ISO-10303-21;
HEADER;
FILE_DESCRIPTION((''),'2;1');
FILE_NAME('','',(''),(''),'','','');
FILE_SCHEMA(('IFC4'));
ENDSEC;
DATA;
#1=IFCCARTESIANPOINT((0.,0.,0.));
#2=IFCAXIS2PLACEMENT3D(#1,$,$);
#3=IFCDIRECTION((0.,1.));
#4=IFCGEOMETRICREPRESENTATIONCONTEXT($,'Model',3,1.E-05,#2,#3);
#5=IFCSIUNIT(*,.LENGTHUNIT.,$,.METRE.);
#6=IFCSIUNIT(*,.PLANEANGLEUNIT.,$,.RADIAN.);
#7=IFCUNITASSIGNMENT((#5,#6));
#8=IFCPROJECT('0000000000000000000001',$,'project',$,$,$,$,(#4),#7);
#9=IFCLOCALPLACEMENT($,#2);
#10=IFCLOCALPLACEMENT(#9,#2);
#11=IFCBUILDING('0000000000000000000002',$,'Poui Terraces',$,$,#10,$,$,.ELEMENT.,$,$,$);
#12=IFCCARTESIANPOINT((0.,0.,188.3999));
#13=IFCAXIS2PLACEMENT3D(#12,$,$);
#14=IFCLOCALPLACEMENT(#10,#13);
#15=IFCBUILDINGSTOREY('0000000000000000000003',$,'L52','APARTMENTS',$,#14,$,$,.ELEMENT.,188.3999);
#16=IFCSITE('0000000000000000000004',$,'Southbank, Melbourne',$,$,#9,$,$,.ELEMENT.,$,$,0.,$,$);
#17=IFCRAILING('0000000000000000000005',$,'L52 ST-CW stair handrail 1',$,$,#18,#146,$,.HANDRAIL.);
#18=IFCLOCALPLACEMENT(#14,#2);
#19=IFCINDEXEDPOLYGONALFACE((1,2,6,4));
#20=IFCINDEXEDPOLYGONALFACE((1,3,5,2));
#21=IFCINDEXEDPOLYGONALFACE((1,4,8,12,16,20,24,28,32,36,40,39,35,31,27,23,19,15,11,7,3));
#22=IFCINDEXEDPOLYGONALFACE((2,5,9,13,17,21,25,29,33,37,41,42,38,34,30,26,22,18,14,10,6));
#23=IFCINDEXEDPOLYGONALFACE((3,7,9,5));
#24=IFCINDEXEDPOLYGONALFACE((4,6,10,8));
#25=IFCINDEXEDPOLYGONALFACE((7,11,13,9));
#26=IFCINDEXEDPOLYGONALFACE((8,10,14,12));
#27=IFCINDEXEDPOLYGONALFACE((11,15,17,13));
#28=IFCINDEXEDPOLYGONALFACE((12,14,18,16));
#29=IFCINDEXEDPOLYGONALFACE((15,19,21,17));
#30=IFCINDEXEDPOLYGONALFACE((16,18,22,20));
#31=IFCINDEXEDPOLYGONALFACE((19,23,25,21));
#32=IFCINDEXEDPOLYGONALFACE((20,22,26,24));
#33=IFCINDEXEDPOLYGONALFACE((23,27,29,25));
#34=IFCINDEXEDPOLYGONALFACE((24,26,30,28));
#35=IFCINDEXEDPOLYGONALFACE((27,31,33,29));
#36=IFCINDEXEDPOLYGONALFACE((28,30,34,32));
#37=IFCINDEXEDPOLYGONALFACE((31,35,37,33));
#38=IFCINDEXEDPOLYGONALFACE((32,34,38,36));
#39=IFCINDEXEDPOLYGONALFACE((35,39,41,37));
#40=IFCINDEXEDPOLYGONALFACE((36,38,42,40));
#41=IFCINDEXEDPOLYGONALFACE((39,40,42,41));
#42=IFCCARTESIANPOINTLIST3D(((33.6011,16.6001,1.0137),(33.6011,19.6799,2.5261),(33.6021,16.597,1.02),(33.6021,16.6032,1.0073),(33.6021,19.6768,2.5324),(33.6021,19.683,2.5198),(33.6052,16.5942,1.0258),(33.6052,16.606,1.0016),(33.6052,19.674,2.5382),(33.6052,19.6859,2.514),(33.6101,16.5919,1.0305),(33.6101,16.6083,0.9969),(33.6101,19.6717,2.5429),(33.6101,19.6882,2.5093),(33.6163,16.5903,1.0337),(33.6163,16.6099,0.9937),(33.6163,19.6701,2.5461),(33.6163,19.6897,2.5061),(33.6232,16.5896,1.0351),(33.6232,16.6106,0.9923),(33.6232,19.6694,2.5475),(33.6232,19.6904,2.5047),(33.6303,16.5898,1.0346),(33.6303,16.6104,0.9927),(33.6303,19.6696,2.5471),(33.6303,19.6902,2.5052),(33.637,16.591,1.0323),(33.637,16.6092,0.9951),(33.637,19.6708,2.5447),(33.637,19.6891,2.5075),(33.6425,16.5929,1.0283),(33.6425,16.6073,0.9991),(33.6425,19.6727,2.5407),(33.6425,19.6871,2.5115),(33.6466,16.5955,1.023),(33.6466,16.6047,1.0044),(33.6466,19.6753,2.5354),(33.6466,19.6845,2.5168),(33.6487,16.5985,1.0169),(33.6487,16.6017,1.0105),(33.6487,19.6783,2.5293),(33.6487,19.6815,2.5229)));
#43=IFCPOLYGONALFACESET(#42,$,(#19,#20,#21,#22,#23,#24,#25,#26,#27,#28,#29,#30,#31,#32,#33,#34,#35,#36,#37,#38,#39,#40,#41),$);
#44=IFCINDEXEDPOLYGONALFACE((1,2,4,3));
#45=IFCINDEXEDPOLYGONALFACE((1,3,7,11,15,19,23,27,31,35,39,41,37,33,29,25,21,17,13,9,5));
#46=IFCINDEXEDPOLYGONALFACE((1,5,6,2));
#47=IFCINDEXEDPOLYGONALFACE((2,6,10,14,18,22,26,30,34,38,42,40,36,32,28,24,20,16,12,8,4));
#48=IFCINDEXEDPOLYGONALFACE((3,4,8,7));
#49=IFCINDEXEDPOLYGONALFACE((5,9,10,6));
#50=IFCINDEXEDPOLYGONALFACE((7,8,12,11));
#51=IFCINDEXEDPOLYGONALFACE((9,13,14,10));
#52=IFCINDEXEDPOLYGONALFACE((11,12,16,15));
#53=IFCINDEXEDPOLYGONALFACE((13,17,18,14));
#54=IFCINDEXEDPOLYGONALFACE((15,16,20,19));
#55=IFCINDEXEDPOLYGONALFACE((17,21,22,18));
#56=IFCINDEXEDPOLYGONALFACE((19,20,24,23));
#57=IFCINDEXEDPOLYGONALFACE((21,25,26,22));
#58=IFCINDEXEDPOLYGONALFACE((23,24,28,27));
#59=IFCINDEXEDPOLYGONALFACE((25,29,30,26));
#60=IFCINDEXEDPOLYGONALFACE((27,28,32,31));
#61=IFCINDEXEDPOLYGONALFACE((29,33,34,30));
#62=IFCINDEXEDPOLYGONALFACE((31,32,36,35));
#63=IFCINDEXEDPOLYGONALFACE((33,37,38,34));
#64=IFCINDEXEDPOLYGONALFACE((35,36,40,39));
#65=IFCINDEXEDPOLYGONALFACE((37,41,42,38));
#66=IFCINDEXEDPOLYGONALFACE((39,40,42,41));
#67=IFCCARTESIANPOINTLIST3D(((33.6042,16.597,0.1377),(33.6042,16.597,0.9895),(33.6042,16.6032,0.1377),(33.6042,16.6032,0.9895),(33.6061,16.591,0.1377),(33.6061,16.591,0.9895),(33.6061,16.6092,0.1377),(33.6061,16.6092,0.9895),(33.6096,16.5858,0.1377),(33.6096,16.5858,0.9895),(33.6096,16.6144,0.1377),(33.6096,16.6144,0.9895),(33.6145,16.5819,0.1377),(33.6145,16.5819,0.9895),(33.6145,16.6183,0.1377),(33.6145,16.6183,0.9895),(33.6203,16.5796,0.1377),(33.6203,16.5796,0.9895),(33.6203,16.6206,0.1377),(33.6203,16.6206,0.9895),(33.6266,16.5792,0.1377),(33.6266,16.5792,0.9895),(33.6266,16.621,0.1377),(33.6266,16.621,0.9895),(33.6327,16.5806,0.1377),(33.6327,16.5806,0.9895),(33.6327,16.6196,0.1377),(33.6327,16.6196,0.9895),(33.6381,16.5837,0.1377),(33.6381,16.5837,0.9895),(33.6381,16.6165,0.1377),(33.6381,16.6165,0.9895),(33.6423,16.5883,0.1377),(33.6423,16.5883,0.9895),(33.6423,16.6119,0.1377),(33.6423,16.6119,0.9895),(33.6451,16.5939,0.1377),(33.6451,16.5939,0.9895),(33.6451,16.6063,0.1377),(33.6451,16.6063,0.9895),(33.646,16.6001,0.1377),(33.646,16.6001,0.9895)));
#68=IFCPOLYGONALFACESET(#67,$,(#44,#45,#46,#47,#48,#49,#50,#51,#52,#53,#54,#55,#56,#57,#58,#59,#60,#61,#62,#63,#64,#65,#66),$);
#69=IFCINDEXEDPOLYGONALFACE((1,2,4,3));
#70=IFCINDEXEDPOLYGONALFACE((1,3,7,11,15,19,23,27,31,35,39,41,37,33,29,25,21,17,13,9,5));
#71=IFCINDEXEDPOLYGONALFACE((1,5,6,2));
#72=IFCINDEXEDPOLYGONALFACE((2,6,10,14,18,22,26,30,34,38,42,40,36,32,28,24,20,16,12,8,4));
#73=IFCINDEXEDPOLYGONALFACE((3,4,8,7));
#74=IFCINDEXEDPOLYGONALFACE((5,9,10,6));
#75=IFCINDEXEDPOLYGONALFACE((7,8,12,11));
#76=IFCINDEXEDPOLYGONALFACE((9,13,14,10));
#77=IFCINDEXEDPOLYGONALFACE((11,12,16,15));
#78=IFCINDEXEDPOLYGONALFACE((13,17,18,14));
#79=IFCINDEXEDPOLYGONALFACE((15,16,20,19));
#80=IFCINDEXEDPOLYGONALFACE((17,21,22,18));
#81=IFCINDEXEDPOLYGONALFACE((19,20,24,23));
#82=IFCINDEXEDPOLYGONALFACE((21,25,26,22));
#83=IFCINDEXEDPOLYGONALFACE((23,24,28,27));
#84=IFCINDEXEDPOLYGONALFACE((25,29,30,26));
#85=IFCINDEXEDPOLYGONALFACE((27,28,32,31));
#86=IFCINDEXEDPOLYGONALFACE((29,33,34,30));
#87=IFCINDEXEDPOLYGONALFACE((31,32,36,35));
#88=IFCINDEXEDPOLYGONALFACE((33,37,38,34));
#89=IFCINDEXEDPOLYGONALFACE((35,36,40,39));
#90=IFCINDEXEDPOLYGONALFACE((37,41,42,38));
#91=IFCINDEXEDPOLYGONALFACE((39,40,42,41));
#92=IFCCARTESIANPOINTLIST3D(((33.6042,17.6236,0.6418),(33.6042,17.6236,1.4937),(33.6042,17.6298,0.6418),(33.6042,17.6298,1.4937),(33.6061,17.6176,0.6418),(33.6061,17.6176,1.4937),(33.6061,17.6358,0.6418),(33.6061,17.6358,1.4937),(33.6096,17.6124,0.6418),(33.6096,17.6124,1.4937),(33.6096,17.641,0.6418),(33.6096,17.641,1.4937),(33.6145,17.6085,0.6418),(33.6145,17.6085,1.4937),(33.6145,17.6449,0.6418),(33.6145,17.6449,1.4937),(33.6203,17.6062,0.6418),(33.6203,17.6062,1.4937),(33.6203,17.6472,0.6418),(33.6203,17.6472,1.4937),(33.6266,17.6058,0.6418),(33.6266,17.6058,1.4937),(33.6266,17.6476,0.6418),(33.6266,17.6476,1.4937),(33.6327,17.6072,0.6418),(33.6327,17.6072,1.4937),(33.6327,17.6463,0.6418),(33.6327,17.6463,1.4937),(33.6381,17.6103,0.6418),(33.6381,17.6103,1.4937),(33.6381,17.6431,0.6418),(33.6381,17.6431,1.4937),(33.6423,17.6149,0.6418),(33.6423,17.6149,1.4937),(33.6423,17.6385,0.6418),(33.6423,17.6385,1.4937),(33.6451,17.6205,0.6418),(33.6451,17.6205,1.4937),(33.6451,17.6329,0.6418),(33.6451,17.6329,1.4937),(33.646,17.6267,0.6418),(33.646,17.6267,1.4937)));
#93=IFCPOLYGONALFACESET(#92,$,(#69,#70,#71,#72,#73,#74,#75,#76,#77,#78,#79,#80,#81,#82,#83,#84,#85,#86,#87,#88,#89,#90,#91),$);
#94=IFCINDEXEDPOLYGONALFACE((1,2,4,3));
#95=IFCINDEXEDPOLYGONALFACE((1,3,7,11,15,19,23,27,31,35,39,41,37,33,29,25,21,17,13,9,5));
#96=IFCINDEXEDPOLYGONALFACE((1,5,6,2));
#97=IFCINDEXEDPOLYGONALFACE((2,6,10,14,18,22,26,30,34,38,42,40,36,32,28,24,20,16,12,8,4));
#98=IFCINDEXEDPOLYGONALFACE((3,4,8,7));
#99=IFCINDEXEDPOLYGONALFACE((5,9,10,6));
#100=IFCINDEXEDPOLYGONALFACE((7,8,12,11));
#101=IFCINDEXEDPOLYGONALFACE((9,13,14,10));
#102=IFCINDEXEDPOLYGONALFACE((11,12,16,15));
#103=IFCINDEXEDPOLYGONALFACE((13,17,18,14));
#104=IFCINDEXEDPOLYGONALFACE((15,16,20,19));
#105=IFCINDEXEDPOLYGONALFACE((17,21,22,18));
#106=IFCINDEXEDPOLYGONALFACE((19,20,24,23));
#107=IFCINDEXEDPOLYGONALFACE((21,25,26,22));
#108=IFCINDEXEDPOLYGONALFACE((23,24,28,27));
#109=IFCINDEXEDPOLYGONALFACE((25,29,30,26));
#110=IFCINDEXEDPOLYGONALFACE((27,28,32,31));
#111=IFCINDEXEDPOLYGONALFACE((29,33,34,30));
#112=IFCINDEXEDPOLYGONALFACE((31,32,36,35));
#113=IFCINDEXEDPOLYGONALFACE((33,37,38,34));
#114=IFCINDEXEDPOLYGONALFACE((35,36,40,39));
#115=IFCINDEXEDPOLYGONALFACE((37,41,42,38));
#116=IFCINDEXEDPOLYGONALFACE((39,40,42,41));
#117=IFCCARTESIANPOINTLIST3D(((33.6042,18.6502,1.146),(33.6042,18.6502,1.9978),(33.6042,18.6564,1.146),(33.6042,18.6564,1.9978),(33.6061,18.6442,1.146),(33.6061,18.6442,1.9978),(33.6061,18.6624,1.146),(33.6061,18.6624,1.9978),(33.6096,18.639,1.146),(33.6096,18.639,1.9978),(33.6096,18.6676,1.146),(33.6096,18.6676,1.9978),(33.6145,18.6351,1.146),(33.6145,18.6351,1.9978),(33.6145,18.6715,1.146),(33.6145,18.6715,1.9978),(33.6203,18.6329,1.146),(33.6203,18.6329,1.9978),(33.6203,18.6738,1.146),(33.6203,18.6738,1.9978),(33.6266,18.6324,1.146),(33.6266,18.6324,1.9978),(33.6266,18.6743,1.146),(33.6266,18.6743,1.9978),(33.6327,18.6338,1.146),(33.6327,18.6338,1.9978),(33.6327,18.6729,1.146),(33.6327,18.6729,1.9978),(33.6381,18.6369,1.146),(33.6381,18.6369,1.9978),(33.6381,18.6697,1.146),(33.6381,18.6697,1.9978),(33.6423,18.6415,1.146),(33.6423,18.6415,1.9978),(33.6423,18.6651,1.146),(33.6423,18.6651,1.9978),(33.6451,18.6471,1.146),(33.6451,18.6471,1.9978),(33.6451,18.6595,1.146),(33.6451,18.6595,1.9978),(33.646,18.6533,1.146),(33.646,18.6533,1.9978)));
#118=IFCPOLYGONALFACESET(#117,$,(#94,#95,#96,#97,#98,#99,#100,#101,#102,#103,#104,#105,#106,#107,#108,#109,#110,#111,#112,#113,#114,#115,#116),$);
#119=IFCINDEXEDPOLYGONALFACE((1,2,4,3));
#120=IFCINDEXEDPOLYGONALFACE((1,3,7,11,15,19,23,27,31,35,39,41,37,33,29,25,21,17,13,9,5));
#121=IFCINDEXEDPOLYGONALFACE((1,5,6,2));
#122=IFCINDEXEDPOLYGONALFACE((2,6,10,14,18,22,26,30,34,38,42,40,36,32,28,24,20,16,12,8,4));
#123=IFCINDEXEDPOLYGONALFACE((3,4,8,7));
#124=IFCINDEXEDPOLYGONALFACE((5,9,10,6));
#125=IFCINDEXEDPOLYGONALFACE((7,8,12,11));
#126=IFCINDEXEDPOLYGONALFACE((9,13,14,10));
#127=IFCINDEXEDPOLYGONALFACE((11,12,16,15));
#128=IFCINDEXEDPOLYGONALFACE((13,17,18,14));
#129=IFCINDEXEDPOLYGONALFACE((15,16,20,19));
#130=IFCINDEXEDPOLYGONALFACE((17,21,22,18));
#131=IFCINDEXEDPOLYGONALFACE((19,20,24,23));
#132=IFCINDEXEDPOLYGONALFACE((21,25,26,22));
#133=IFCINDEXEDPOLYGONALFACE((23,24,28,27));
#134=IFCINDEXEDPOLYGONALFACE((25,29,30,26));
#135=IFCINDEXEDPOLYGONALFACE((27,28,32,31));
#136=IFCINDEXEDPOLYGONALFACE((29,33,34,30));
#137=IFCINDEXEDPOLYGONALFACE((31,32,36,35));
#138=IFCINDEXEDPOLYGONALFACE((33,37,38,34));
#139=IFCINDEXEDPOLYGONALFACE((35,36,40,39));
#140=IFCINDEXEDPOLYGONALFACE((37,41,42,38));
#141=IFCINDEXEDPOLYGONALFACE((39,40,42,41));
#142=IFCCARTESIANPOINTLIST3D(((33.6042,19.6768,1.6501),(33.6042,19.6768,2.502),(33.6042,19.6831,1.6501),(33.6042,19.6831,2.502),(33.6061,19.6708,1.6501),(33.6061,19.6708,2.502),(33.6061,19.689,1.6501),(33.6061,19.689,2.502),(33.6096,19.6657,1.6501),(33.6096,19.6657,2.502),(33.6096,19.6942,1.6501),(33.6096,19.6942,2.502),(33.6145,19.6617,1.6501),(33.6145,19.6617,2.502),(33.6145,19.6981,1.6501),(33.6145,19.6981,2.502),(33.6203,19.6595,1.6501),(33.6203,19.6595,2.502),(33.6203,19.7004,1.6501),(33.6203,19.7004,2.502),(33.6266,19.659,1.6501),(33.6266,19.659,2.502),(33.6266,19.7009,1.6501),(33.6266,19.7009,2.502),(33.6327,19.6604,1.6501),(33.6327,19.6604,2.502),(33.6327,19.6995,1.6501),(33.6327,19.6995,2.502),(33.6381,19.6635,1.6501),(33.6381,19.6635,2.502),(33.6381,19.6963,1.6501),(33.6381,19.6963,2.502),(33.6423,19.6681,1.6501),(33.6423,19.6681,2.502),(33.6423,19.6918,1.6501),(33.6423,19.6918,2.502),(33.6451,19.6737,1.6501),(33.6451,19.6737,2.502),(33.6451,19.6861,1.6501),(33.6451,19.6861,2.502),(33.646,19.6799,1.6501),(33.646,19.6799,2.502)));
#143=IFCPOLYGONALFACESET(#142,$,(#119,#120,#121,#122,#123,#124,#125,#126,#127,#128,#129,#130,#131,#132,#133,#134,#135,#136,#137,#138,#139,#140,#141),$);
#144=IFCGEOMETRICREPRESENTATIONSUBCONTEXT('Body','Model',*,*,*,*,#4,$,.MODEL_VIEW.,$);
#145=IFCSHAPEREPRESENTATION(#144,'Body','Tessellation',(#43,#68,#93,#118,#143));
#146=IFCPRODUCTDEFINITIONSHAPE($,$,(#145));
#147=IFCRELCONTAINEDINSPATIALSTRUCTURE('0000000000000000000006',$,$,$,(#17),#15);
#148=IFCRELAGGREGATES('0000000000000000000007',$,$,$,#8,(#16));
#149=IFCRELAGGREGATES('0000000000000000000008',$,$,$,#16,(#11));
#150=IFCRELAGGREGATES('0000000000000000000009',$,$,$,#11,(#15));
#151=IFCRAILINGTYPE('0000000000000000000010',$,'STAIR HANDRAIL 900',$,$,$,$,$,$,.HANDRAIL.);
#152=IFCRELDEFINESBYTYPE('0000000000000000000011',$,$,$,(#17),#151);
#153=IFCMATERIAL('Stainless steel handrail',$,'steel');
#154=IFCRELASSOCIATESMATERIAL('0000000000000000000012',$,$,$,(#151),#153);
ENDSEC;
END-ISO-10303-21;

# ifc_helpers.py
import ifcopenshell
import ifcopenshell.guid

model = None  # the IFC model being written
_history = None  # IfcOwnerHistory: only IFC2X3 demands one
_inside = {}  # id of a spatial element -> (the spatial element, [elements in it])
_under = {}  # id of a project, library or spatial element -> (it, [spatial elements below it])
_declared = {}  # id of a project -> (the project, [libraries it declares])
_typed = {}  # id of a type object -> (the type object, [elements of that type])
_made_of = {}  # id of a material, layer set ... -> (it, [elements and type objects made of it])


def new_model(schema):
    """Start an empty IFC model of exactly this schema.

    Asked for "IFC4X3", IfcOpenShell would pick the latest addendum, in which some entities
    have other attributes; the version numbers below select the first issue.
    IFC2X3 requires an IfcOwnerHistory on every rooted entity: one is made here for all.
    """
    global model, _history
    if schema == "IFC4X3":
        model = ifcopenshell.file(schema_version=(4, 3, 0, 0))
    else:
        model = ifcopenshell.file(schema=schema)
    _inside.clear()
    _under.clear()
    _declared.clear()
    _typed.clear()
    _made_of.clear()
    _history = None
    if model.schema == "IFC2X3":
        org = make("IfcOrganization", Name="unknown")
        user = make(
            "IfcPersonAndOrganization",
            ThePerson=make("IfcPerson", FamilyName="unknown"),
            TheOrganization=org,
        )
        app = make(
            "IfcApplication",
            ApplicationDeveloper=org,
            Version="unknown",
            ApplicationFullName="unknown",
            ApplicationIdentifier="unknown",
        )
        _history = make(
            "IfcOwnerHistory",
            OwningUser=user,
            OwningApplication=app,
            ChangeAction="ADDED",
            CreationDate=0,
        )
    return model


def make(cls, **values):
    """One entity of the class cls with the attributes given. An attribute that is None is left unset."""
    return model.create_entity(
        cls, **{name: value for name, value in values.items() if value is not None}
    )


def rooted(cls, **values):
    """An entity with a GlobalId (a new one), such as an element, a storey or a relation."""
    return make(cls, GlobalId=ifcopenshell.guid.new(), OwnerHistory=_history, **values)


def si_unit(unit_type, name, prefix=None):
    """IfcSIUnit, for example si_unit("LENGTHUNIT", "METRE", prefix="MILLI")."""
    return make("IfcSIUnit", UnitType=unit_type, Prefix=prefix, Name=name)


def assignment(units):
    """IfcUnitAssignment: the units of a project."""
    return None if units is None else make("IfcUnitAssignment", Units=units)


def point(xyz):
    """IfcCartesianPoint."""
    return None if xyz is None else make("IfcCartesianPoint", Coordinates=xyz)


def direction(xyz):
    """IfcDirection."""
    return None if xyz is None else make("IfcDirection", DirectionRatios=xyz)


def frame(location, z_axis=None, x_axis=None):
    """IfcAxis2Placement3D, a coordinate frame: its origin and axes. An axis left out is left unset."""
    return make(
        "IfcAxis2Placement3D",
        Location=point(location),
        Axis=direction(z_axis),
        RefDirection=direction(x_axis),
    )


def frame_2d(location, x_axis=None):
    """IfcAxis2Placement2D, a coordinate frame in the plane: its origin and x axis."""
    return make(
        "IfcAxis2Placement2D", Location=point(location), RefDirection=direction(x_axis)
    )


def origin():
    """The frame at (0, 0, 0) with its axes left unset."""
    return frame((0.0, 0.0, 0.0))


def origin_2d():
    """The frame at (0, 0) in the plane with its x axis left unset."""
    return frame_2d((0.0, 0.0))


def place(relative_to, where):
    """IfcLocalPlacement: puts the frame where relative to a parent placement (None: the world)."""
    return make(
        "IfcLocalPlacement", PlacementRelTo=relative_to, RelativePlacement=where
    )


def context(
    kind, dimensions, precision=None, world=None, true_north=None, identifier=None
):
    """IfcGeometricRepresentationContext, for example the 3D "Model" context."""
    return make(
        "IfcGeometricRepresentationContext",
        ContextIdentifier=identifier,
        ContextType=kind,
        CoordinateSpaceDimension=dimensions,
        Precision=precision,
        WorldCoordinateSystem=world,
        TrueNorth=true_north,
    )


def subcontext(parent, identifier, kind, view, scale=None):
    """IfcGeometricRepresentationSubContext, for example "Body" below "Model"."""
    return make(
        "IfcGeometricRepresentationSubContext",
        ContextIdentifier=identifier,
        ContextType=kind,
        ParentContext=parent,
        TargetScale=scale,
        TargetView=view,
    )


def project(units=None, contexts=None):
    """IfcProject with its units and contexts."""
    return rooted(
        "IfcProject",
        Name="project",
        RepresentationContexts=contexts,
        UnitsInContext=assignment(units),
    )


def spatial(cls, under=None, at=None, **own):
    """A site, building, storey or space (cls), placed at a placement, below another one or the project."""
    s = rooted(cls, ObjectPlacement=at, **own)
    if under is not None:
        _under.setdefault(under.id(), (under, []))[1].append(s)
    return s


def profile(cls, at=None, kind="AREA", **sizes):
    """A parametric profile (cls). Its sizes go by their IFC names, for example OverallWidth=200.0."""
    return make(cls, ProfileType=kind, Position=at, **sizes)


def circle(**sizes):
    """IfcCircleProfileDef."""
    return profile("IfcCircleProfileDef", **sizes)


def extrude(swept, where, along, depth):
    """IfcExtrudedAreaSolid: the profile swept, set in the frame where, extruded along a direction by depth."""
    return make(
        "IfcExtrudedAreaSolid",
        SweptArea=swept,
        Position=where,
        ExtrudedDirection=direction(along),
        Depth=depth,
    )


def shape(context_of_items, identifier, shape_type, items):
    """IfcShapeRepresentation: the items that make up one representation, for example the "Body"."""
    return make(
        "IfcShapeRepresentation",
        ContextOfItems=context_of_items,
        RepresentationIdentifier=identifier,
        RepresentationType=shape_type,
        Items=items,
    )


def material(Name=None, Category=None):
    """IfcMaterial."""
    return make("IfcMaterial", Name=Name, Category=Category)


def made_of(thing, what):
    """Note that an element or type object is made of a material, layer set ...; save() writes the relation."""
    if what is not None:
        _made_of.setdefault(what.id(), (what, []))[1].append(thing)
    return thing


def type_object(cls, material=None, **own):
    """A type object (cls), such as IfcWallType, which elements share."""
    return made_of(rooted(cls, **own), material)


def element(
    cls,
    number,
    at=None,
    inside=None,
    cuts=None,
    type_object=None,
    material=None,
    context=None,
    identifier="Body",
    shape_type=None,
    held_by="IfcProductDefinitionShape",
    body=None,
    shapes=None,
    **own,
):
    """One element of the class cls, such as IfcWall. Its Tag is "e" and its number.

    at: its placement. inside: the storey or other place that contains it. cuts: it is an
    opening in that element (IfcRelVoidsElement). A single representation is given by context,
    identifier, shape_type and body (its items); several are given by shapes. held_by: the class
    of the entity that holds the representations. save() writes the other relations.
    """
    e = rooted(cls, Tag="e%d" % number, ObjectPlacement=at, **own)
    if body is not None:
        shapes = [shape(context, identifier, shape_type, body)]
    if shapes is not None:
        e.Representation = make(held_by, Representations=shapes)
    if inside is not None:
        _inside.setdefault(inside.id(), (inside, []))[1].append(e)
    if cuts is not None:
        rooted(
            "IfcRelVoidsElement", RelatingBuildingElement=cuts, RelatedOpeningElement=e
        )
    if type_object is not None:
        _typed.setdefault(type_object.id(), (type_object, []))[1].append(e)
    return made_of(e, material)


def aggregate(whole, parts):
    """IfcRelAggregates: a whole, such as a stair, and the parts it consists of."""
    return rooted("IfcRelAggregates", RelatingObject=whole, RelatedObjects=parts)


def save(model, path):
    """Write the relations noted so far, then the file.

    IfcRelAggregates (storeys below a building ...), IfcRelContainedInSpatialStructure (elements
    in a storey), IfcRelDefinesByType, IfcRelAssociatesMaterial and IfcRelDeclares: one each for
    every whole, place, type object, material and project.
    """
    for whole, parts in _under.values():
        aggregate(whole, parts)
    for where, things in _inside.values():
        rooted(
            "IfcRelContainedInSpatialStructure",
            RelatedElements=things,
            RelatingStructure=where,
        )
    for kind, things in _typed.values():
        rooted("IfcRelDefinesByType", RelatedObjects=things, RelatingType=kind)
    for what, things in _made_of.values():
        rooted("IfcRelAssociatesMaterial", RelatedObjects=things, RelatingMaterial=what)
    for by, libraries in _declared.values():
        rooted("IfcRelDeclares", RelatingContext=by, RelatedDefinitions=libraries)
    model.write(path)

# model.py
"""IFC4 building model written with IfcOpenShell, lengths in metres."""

from ifc_helpers import new_model, si_unit, direction, frame, origin, origin_2d, place, context, subcontext, project, spatial, circle, extrude, material, type_object, element, save


model = new_model("IFC4")

# Units and contexts
model_context = context("Model", 3, precision=1e-05, world=origin(), true_north=direction((0.0, 1.0)))
body_context = subcontext(model_context, "Body", "Model", "MODEL_VIEW")
ifc_project = project(units=[si_unit("LENGTHUNIT", "METRE"), si_unit("PLANEANGLEUNIT", "RADIAN")], contexts=[model_context])

# Site, building, storey
site_placement = place(None, origin())
site = spatial("IfcSite", under=ifc_project, at=site_placement, Name="Southbank, Melbourne", CompositionType="ELEMENT", RefElevation=0.0)
building_placement = place(site_placement, origin())
building = spatial("IfcBuilding", under=site, at=building_placement, Name="Poui Terraces", CompositionType="ELEMENT")
storey_placement = place(building_placement, frame((0.0, 0.0, 188.3999)))
storey = spatial("IfcBuildingStorey", under=building, at=storey_placement, Name="L52", Description="APARTMENTS", CompositionType="ELEMENT", Elevation=188.3999)

# Railing
ifc_material_1 = material(Name="Stainless steel handrail", Category="steel")
railing_type_1 = type_object("IfcRailingType", Name="STAIR HANDRAIL 900", PredefinedType="HANDRAIL", material=ifc_material_1)
railing_1_placement = place(storey_placement, frame((33.625, 16.6001, 0.1377)))
element("IfcRailing", 1, at=railing_1_placement, inside=storey, type_object=railing_type_1, Name="L52 ST-CW stair handrail 1", PredefinedType="HANDRAIL", context=body_context, shape_type="SweptSolid", body=[
    extrude(circle(Radius=0.0239, at=origin_2d()), frame((0.0, 0.0, 0.876), z_axis=(0.0, 0.897606, 0.440798), x_axis=(-1.0, 0.0, 0.0)), (0.0, 0.0, 1.0), 3.4312),
    extrude(circle(Radius=0.021, at=origin_2d()), origin(), (0.0, 0.0, 1.0), 0.8518),
    extrude(circle(Radius=0.021, at=origin_2d()), frame((0.0, 1.0266, 0.5042)), (0.0, 0.0, 1.0), 0.8518),
    extrude(circle(Radius=0.021, at=origin_2d()), frame((0.0, 2.0532, 1.0083)), (0.0, 0.0, 1.0), 0.8518),
    extrude(circle(Radius=0.021, at=origin_2d()), frame((0.0, 3.0798, 1.5125)), (0.0, 0.0, 1.0), 0.8518),
])

save(model, "model.ifc")
